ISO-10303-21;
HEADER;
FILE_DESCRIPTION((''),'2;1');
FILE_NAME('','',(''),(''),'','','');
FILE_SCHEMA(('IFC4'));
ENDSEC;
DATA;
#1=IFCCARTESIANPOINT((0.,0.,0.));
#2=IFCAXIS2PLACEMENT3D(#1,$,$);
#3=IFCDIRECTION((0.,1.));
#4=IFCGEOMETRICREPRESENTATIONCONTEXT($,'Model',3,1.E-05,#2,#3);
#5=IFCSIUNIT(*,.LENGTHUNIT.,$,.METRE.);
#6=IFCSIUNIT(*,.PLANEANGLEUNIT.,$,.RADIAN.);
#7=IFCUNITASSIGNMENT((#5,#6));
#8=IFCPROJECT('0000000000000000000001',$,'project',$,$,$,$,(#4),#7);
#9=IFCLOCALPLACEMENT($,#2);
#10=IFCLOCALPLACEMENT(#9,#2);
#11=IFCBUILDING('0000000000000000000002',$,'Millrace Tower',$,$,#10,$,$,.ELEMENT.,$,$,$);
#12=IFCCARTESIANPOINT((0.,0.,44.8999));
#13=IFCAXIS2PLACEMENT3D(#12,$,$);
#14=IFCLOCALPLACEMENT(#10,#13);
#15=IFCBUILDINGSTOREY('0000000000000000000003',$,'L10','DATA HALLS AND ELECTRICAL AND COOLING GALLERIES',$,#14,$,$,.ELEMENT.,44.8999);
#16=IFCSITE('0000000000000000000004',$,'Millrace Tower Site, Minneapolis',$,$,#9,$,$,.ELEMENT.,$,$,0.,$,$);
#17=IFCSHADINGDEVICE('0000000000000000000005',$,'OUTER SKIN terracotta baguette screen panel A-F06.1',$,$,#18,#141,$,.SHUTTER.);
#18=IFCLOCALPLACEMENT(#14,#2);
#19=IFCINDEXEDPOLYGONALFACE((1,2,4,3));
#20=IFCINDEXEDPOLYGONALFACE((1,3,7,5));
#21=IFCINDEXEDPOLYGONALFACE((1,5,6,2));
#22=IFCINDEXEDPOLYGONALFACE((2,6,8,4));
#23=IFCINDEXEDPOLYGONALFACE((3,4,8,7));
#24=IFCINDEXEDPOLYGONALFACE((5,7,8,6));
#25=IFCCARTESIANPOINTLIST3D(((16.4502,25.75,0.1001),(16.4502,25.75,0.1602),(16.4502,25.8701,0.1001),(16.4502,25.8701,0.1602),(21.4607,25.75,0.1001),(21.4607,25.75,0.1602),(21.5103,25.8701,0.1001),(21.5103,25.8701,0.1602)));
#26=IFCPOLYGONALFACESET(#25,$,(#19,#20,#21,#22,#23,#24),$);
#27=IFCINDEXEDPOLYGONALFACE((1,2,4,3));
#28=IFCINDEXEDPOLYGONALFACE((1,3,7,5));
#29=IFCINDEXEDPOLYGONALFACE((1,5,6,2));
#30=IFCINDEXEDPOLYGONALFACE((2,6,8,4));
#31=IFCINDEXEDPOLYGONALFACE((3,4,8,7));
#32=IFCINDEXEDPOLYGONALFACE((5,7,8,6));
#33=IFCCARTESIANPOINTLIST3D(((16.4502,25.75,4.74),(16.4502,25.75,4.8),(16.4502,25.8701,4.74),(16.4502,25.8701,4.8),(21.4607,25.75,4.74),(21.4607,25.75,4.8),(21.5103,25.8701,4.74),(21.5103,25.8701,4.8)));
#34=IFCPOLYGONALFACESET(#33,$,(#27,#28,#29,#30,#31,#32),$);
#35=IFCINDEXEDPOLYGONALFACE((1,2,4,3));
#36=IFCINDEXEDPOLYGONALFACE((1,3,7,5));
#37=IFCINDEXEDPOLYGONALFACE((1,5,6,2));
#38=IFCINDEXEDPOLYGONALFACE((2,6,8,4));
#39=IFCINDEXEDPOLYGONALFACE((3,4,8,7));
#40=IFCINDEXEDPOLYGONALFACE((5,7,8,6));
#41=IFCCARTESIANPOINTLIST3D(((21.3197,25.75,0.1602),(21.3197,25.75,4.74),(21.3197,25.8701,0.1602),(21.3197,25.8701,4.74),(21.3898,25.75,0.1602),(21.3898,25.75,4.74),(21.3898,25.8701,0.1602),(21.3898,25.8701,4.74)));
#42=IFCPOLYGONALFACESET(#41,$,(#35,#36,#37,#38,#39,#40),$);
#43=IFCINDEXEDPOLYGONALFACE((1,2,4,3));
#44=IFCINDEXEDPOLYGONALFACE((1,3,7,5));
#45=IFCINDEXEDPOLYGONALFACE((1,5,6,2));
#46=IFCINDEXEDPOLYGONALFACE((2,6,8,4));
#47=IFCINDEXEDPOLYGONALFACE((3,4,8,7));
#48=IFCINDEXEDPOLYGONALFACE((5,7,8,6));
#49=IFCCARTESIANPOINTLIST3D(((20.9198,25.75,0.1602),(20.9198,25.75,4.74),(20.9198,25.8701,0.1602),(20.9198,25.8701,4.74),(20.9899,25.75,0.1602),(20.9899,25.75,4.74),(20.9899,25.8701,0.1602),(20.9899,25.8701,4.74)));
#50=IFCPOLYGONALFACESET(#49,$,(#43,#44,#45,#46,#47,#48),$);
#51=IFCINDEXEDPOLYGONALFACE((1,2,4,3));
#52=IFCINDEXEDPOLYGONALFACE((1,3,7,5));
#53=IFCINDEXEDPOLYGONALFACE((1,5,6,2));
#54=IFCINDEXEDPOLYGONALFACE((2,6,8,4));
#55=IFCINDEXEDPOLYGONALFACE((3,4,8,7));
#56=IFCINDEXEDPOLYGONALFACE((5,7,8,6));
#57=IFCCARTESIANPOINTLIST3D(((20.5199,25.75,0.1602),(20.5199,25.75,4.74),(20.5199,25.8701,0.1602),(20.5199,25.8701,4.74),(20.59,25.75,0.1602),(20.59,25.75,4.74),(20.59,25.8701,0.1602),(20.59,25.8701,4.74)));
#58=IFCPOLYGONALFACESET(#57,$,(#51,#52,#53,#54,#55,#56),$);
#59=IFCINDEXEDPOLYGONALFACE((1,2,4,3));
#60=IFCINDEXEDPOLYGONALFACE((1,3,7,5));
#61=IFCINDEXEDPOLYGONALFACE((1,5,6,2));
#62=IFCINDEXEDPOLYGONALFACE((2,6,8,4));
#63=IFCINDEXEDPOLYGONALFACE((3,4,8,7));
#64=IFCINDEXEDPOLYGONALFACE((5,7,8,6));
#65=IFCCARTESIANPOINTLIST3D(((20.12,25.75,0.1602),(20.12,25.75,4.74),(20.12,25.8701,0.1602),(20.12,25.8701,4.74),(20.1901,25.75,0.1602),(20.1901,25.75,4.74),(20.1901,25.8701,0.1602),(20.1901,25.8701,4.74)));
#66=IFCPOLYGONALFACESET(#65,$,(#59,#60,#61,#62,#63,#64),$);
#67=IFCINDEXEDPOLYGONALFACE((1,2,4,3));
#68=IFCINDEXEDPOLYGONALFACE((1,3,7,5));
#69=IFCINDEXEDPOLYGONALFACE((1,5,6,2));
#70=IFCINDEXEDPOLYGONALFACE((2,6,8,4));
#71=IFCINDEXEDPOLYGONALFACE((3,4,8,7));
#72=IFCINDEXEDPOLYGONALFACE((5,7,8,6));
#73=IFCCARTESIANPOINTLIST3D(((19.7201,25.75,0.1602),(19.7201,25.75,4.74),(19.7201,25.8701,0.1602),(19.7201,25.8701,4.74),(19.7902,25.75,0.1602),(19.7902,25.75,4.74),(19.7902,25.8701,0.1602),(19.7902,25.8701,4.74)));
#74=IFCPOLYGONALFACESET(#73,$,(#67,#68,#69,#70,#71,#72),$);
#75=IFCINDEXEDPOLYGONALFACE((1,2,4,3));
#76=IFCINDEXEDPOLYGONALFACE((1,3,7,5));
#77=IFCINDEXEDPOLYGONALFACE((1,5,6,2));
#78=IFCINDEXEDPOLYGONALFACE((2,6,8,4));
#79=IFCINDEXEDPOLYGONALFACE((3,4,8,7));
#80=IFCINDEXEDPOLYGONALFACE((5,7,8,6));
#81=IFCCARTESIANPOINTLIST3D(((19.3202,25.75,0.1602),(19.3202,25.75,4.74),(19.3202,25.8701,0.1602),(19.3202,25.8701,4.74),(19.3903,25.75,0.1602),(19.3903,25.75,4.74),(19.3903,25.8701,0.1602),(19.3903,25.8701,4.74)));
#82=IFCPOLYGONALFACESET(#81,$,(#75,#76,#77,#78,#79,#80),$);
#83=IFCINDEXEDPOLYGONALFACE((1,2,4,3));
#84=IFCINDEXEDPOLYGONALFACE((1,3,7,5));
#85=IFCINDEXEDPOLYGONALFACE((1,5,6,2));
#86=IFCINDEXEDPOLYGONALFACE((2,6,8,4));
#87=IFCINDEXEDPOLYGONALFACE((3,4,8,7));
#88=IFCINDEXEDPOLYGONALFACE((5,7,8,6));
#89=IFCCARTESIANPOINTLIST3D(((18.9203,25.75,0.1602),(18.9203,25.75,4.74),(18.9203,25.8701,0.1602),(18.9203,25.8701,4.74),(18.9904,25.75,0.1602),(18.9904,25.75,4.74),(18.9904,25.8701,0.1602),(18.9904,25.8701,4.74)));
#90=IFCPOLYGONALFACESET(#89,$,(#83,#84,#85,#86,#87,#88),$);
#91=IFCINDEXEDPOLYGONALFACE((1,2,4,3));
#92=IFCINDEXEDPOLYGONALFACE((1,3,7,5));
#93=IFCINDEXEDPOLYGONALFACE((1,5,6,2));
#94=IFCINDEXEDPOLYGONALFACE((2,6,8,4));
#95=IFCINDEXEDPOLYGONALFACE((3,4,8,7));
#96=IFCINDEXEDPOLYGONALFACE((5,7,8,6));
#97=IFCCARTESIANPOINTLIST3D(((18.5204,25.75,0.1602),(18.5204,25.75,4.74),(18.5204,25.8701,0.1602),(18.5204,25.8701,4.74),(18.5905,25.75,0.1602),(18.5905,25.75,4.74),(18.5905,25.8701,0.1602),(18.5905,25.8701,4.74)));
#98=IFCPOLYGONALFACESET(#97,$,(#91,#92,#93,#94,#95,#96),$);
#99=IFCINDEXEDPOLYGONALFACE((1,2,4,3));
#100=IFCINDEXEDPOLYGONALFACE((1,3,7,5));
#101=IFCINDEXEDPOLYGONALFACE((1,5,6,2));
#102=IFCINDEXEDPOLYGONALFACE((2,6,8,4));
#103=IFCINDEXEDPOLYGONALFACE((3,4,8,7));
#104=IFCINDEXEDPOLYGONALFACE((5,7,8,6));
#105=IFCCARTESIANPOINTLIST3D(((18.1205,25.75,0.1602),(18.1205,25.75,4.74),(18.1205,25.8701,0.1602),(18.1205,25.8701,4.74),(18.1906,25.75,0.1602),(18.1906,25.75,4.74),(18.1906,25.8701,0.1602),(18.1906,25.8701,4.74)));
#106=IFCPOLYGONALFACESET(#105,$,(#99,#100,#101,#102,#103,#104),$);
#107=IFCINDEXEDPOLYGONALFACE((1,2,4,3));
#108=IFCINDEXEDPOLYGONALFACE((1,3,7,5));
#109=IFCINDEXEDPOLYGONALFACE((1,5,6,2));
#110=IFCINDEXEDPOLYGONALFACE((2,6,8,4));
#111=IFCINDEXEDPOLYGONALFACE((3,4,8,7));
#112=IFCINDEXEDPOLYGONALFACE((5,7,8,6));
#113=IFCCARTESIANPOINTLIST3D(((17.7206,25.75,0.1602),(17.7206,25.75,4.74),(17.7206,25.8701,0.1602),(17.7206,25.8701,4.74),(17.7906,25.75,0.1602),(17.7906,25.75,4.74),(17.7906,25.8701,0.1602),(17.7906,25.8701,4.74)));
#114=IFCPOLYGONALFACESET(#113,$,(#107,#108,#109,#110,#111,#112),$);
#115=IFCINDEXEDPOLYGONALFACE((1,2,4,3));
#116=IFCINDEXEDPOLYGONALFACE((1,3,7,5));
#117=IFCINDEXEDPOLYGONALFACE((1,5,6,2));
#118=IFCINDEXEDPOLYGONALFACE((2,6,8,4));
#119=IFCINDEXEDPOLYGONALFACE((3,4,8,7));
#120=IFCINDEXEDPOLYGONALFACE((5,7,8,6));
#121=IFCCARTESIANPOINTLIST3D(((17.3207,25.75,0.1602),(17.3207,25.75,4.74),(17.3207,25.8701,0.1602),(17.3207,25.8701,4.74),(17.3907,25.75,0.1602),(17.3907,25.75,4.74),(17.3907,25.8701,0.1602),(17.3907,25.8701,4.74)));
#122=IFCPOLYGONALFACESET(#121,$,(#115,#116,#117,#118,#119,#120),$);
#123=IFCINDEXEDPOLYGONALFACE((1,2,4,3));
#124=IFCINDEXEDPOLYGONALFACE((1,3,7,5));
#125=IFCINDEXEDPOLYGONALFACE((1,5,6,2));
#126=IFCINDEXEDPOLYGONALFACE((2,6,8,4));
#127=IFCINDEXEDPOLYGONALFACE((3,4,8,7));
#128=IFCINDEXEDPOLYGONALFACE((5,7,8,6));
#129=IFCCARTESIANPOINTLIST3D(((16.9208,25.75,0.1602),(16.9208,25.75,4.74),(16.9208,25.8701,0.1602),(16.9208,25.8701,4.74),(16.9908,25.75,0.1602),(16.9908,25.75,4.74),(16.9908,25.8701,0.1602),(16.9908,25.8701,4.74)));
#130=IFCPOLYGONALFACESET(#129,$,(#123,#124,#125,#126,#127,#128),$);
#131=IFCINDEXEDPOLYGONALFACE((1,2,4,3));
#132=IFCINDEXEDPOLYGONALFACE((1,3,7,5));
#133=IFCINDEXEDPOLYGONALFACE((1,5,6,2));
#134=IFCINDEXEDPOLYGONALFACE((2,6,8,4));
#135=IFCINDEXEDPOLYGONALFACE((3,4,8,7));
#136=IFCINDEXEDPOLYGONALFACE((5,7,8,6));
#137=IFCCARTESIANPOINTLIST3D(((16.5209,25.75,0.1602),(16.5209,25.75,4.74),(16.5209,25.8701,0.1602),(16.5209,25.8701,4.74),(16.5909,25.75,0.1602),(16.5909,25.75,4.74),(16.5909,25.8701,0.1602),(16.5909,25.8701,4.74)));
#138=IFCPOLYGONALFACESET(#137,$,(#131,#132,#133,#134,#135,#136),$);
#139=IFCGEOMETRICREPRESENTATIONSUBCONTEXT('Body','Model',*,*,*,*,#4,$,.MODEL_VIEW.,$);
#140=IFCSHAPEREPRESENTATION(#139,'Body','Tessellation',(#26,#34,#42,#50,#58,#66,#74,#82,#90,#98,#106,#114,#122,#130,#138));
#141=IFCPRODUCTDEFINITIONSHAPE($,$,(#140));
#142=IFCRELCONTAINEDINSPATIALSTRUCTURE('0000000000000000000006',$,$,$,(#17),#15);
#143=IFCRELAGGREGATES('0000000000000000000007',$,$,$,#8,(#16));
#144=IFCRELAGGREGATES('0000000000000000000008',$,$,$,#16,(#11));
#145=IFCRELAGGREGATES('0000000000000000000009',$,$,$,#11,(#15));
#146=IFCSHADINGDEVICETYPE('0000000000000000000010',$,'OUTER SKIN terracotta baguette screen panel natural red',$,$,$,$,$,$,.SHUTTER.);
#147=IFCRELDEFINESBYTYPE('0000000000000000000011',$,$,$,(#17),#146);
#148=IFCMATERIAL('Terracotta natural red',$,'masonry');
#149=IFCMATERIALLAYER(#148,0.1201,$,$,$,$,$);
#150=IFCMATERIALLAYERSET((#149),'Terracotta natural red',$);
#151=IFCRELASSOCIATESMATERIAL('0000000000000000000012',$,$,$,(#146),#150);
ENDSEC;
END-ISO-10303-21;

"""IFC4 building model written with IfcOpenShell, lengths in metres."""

from ifc_helpers import new_model, entity, si_unit, direction, frame, frame_2d, origin, place, context, subcontext, project, spatial, rectangle, extrude, source, transform, mapped, material, layer, layer_set, type_object, element, save


model = new_model("IFC4")

# Units and contexts
model_context = context("Model", 3, precision=1e-05, world=origin(), true_north=direction((0.0, 1.0)))
body_context = subcontext(model_context, "Body", "Model", "MODEL_VIEW")
ifc_project = project(units=[si_unit("LENGTHUNIT", "METRE"), si_unit("PLANEANGLEUNIT", "RADIAN")], contexts=[model_context])

# Site, building, storey
site_placement = place(None, origin())
site = spatial("IfcSite", under=ifc_project, at=site_placement, Name="Millrace Tower Site, Minneapolis", CompositionType="ELEMENT", RefElevation=0.0)
building_placement = place(site_placement, origin())
building = spatial("IfcBuilding", under=site, at=building_placement, Name="Millrace Tower", CompositionType="ELEMENT")
storey_placement = place(building_placement, frame((0.0, 0.0, 44.8999)))
storey = spatial("IfcBuildingStorey", under=building, at=storey_placement, Name="L10", Description="DATA HALLS AND ELECTRICAL AND COOLING GALLERIES", CompositionType="ELEMENT", Elevation=44.8999)

# Shading device
ifc_material_1 = material(Name="Terracotta natural red", Category="masonry")
ifc_layer_1 = layer(ifc_material_1, 0.1201)
ifc_layer_set_1 = layer_set([ifc_layer_1], Name="Terracotta natural red")
shading_device_type_1 = type_object("IfcShadingDeviceType", Name="OUTER SKIN terracotta baguette screen panel natural red", PredefinedType="SHUTTER", material=ifc_layer_set_1)
cartesian_point_1 = entity("IfcCartesianPoint", [-2.4929, 0.0601])
shared_polyline_1 = entity("IfcPolyline", [cartesian_point_1, entity("IfcCartesianPoint", [2.5176, 0.0601]), entity("IfcCartesianPoint", [2.5176, -0.0601]), entity("IfcCartesianPoint", [-2.5425, -0.0601]), cartesian_point_1])
shared_shape_1 = source(origin(), body_context, "Body", "SweptSolid", [
    entity("IfcExtrudedAreaSolid", entity("IfcArbitraryClosedProfileDef", "AREA", None, shared_polyline_1), entity("IfcAxis2Placement3D", entity("IfcCartesianPoint", [0.0, 0.0, 0.0])), entity("IfcDirection", [0.0, 0.0, 1.0]), 0.0601),
    entity("IfcExtrudedAreaSolid", entity("IfcArbitraryClosedProfileDef", "AREA", None, shared_polyline_1), entity("IfcAxis2Placement3D", entity("IfcCartesianPoint", [0.0, 0.0, 4.6399])), entity("IfcDirection", [0.0, 0.0, 1.0]), 0.0601),
    extrude(rectangle(XDim=0.0701, YDim=0.1201, at=frame_2d((-2.387, 0.0))), frame((0.0, 0.0, 0.0601)), (0.0, 0.0, 1.0), 4.5798),
    extrude(rectangle(XDim=0.0701, YDim=0.1201, at=frame_2d((-1.9871, 0.0))), frame((0.0, 0.0, 0.0601)), (0.0, 0.0, 1.0), 4.5798),
    extrude(rectangle(XDim=0.0701, YDim=0.1201, at=frame_2d((-1.5872, 0.0))), frame((0.0, 0.0, 0.0601)), (0.0, 0.0, 1.0), 4.5798),
    extrude(rectangle(XDim=0.0701, YDim=0.1201, at=frame_2d((-1.1873, 0.0))), frame((0.0, 0.0, 0.0601)), (0.0, 0.0, 1.0), 4.5798),
    extrude(rectangle(XDim=0.0701, YDim=0.1201, at=frame_2d((-0.7874, 0.0))), frame((0.0, 0.0, 0.0601)), (0.0, 0.0, 1.0), 4.5798),
    extrude(rectangle(XDim=0.0701, YDim=0.1201, at=frame_2d((-0.3875, 0.0))), frame((0.0, 0.0, 0.0601)), (0.0, 0.0, 1.0), 4.5798),
    extrude(rectangle(XDim=0.0701, YDim=0.1201, at=frame_2d((0.0125, 0.0))), frame((0.0, 0.0, 0.0601)), (0.0, 0.0, 1.0), 4.5798),
    extrude(rectangle(XDim=0.0701, YDim=0.1201, at=frame_2d((0.4124, 0.0))), frame((0.0, 0.0, 0.0601)), (0.0, 0.0, 1.0), 4.5798),
    extrude(rectangle(XDim=0.0701, YDim=0.1201, at=frame_2d((0.8123, 0.0))), frame((0.0, 0.0, 0.0601)), (0.0, 0.0, 1.0), 4.5798),
    extrude(rectangle(XDim=0.0701, YDim=0.1201, at=frame_2d((1.2122, 0.0))), frame((0.0, 0.0, 0.0601)), (0.0, 0.0, 1.0), 4.5798),
    extrude(rectangle(XDim=0.0701, YDim=0.1201, at=frame_2d((1.6121, 0.0))), frame((0.0, 0.0, 0.0601)), (0.0, 0.0, 1.0), 4.5798),
    extrude(rectangle(XDim=0.0701, YDim=0.1201, at=frame_2d((2.012, 0.0))), frame((0.0, 0.0, 0.0601)), (0.0, 0.0, 1.0), 4.5798),
    extrude(rectangle(XDim=0.0701, YDim=0.1201, at=frame_2d((2.4119, 0.0))), frame((0.0, 0.0, 0.0601)), (0.0, 0.0, 1.0), 4.5798),
])
shading_device_1_placement = place(storey_placement, frame((18.9678, 25.8101, 0.1001), z_axis=(0.0, 0.0, 1.0), x_axis=(-1.0, 0.0, 0.0)))
element("IfcShadingDevice", 1, at=shading_device_1_placement, inside=storey, type_object=shading_device_type_1, Name="OUTER SKIN terracotta baguette screen panel A-F06.1", PredefinedType="SHUTTER", context=body_context, shape_type="MappedRepresentation", body=[
    mapped(shared_shape_1, transform((0.0, 0.0, 0.0), scale=1.0)),
])

save(model, "model.ifc")
